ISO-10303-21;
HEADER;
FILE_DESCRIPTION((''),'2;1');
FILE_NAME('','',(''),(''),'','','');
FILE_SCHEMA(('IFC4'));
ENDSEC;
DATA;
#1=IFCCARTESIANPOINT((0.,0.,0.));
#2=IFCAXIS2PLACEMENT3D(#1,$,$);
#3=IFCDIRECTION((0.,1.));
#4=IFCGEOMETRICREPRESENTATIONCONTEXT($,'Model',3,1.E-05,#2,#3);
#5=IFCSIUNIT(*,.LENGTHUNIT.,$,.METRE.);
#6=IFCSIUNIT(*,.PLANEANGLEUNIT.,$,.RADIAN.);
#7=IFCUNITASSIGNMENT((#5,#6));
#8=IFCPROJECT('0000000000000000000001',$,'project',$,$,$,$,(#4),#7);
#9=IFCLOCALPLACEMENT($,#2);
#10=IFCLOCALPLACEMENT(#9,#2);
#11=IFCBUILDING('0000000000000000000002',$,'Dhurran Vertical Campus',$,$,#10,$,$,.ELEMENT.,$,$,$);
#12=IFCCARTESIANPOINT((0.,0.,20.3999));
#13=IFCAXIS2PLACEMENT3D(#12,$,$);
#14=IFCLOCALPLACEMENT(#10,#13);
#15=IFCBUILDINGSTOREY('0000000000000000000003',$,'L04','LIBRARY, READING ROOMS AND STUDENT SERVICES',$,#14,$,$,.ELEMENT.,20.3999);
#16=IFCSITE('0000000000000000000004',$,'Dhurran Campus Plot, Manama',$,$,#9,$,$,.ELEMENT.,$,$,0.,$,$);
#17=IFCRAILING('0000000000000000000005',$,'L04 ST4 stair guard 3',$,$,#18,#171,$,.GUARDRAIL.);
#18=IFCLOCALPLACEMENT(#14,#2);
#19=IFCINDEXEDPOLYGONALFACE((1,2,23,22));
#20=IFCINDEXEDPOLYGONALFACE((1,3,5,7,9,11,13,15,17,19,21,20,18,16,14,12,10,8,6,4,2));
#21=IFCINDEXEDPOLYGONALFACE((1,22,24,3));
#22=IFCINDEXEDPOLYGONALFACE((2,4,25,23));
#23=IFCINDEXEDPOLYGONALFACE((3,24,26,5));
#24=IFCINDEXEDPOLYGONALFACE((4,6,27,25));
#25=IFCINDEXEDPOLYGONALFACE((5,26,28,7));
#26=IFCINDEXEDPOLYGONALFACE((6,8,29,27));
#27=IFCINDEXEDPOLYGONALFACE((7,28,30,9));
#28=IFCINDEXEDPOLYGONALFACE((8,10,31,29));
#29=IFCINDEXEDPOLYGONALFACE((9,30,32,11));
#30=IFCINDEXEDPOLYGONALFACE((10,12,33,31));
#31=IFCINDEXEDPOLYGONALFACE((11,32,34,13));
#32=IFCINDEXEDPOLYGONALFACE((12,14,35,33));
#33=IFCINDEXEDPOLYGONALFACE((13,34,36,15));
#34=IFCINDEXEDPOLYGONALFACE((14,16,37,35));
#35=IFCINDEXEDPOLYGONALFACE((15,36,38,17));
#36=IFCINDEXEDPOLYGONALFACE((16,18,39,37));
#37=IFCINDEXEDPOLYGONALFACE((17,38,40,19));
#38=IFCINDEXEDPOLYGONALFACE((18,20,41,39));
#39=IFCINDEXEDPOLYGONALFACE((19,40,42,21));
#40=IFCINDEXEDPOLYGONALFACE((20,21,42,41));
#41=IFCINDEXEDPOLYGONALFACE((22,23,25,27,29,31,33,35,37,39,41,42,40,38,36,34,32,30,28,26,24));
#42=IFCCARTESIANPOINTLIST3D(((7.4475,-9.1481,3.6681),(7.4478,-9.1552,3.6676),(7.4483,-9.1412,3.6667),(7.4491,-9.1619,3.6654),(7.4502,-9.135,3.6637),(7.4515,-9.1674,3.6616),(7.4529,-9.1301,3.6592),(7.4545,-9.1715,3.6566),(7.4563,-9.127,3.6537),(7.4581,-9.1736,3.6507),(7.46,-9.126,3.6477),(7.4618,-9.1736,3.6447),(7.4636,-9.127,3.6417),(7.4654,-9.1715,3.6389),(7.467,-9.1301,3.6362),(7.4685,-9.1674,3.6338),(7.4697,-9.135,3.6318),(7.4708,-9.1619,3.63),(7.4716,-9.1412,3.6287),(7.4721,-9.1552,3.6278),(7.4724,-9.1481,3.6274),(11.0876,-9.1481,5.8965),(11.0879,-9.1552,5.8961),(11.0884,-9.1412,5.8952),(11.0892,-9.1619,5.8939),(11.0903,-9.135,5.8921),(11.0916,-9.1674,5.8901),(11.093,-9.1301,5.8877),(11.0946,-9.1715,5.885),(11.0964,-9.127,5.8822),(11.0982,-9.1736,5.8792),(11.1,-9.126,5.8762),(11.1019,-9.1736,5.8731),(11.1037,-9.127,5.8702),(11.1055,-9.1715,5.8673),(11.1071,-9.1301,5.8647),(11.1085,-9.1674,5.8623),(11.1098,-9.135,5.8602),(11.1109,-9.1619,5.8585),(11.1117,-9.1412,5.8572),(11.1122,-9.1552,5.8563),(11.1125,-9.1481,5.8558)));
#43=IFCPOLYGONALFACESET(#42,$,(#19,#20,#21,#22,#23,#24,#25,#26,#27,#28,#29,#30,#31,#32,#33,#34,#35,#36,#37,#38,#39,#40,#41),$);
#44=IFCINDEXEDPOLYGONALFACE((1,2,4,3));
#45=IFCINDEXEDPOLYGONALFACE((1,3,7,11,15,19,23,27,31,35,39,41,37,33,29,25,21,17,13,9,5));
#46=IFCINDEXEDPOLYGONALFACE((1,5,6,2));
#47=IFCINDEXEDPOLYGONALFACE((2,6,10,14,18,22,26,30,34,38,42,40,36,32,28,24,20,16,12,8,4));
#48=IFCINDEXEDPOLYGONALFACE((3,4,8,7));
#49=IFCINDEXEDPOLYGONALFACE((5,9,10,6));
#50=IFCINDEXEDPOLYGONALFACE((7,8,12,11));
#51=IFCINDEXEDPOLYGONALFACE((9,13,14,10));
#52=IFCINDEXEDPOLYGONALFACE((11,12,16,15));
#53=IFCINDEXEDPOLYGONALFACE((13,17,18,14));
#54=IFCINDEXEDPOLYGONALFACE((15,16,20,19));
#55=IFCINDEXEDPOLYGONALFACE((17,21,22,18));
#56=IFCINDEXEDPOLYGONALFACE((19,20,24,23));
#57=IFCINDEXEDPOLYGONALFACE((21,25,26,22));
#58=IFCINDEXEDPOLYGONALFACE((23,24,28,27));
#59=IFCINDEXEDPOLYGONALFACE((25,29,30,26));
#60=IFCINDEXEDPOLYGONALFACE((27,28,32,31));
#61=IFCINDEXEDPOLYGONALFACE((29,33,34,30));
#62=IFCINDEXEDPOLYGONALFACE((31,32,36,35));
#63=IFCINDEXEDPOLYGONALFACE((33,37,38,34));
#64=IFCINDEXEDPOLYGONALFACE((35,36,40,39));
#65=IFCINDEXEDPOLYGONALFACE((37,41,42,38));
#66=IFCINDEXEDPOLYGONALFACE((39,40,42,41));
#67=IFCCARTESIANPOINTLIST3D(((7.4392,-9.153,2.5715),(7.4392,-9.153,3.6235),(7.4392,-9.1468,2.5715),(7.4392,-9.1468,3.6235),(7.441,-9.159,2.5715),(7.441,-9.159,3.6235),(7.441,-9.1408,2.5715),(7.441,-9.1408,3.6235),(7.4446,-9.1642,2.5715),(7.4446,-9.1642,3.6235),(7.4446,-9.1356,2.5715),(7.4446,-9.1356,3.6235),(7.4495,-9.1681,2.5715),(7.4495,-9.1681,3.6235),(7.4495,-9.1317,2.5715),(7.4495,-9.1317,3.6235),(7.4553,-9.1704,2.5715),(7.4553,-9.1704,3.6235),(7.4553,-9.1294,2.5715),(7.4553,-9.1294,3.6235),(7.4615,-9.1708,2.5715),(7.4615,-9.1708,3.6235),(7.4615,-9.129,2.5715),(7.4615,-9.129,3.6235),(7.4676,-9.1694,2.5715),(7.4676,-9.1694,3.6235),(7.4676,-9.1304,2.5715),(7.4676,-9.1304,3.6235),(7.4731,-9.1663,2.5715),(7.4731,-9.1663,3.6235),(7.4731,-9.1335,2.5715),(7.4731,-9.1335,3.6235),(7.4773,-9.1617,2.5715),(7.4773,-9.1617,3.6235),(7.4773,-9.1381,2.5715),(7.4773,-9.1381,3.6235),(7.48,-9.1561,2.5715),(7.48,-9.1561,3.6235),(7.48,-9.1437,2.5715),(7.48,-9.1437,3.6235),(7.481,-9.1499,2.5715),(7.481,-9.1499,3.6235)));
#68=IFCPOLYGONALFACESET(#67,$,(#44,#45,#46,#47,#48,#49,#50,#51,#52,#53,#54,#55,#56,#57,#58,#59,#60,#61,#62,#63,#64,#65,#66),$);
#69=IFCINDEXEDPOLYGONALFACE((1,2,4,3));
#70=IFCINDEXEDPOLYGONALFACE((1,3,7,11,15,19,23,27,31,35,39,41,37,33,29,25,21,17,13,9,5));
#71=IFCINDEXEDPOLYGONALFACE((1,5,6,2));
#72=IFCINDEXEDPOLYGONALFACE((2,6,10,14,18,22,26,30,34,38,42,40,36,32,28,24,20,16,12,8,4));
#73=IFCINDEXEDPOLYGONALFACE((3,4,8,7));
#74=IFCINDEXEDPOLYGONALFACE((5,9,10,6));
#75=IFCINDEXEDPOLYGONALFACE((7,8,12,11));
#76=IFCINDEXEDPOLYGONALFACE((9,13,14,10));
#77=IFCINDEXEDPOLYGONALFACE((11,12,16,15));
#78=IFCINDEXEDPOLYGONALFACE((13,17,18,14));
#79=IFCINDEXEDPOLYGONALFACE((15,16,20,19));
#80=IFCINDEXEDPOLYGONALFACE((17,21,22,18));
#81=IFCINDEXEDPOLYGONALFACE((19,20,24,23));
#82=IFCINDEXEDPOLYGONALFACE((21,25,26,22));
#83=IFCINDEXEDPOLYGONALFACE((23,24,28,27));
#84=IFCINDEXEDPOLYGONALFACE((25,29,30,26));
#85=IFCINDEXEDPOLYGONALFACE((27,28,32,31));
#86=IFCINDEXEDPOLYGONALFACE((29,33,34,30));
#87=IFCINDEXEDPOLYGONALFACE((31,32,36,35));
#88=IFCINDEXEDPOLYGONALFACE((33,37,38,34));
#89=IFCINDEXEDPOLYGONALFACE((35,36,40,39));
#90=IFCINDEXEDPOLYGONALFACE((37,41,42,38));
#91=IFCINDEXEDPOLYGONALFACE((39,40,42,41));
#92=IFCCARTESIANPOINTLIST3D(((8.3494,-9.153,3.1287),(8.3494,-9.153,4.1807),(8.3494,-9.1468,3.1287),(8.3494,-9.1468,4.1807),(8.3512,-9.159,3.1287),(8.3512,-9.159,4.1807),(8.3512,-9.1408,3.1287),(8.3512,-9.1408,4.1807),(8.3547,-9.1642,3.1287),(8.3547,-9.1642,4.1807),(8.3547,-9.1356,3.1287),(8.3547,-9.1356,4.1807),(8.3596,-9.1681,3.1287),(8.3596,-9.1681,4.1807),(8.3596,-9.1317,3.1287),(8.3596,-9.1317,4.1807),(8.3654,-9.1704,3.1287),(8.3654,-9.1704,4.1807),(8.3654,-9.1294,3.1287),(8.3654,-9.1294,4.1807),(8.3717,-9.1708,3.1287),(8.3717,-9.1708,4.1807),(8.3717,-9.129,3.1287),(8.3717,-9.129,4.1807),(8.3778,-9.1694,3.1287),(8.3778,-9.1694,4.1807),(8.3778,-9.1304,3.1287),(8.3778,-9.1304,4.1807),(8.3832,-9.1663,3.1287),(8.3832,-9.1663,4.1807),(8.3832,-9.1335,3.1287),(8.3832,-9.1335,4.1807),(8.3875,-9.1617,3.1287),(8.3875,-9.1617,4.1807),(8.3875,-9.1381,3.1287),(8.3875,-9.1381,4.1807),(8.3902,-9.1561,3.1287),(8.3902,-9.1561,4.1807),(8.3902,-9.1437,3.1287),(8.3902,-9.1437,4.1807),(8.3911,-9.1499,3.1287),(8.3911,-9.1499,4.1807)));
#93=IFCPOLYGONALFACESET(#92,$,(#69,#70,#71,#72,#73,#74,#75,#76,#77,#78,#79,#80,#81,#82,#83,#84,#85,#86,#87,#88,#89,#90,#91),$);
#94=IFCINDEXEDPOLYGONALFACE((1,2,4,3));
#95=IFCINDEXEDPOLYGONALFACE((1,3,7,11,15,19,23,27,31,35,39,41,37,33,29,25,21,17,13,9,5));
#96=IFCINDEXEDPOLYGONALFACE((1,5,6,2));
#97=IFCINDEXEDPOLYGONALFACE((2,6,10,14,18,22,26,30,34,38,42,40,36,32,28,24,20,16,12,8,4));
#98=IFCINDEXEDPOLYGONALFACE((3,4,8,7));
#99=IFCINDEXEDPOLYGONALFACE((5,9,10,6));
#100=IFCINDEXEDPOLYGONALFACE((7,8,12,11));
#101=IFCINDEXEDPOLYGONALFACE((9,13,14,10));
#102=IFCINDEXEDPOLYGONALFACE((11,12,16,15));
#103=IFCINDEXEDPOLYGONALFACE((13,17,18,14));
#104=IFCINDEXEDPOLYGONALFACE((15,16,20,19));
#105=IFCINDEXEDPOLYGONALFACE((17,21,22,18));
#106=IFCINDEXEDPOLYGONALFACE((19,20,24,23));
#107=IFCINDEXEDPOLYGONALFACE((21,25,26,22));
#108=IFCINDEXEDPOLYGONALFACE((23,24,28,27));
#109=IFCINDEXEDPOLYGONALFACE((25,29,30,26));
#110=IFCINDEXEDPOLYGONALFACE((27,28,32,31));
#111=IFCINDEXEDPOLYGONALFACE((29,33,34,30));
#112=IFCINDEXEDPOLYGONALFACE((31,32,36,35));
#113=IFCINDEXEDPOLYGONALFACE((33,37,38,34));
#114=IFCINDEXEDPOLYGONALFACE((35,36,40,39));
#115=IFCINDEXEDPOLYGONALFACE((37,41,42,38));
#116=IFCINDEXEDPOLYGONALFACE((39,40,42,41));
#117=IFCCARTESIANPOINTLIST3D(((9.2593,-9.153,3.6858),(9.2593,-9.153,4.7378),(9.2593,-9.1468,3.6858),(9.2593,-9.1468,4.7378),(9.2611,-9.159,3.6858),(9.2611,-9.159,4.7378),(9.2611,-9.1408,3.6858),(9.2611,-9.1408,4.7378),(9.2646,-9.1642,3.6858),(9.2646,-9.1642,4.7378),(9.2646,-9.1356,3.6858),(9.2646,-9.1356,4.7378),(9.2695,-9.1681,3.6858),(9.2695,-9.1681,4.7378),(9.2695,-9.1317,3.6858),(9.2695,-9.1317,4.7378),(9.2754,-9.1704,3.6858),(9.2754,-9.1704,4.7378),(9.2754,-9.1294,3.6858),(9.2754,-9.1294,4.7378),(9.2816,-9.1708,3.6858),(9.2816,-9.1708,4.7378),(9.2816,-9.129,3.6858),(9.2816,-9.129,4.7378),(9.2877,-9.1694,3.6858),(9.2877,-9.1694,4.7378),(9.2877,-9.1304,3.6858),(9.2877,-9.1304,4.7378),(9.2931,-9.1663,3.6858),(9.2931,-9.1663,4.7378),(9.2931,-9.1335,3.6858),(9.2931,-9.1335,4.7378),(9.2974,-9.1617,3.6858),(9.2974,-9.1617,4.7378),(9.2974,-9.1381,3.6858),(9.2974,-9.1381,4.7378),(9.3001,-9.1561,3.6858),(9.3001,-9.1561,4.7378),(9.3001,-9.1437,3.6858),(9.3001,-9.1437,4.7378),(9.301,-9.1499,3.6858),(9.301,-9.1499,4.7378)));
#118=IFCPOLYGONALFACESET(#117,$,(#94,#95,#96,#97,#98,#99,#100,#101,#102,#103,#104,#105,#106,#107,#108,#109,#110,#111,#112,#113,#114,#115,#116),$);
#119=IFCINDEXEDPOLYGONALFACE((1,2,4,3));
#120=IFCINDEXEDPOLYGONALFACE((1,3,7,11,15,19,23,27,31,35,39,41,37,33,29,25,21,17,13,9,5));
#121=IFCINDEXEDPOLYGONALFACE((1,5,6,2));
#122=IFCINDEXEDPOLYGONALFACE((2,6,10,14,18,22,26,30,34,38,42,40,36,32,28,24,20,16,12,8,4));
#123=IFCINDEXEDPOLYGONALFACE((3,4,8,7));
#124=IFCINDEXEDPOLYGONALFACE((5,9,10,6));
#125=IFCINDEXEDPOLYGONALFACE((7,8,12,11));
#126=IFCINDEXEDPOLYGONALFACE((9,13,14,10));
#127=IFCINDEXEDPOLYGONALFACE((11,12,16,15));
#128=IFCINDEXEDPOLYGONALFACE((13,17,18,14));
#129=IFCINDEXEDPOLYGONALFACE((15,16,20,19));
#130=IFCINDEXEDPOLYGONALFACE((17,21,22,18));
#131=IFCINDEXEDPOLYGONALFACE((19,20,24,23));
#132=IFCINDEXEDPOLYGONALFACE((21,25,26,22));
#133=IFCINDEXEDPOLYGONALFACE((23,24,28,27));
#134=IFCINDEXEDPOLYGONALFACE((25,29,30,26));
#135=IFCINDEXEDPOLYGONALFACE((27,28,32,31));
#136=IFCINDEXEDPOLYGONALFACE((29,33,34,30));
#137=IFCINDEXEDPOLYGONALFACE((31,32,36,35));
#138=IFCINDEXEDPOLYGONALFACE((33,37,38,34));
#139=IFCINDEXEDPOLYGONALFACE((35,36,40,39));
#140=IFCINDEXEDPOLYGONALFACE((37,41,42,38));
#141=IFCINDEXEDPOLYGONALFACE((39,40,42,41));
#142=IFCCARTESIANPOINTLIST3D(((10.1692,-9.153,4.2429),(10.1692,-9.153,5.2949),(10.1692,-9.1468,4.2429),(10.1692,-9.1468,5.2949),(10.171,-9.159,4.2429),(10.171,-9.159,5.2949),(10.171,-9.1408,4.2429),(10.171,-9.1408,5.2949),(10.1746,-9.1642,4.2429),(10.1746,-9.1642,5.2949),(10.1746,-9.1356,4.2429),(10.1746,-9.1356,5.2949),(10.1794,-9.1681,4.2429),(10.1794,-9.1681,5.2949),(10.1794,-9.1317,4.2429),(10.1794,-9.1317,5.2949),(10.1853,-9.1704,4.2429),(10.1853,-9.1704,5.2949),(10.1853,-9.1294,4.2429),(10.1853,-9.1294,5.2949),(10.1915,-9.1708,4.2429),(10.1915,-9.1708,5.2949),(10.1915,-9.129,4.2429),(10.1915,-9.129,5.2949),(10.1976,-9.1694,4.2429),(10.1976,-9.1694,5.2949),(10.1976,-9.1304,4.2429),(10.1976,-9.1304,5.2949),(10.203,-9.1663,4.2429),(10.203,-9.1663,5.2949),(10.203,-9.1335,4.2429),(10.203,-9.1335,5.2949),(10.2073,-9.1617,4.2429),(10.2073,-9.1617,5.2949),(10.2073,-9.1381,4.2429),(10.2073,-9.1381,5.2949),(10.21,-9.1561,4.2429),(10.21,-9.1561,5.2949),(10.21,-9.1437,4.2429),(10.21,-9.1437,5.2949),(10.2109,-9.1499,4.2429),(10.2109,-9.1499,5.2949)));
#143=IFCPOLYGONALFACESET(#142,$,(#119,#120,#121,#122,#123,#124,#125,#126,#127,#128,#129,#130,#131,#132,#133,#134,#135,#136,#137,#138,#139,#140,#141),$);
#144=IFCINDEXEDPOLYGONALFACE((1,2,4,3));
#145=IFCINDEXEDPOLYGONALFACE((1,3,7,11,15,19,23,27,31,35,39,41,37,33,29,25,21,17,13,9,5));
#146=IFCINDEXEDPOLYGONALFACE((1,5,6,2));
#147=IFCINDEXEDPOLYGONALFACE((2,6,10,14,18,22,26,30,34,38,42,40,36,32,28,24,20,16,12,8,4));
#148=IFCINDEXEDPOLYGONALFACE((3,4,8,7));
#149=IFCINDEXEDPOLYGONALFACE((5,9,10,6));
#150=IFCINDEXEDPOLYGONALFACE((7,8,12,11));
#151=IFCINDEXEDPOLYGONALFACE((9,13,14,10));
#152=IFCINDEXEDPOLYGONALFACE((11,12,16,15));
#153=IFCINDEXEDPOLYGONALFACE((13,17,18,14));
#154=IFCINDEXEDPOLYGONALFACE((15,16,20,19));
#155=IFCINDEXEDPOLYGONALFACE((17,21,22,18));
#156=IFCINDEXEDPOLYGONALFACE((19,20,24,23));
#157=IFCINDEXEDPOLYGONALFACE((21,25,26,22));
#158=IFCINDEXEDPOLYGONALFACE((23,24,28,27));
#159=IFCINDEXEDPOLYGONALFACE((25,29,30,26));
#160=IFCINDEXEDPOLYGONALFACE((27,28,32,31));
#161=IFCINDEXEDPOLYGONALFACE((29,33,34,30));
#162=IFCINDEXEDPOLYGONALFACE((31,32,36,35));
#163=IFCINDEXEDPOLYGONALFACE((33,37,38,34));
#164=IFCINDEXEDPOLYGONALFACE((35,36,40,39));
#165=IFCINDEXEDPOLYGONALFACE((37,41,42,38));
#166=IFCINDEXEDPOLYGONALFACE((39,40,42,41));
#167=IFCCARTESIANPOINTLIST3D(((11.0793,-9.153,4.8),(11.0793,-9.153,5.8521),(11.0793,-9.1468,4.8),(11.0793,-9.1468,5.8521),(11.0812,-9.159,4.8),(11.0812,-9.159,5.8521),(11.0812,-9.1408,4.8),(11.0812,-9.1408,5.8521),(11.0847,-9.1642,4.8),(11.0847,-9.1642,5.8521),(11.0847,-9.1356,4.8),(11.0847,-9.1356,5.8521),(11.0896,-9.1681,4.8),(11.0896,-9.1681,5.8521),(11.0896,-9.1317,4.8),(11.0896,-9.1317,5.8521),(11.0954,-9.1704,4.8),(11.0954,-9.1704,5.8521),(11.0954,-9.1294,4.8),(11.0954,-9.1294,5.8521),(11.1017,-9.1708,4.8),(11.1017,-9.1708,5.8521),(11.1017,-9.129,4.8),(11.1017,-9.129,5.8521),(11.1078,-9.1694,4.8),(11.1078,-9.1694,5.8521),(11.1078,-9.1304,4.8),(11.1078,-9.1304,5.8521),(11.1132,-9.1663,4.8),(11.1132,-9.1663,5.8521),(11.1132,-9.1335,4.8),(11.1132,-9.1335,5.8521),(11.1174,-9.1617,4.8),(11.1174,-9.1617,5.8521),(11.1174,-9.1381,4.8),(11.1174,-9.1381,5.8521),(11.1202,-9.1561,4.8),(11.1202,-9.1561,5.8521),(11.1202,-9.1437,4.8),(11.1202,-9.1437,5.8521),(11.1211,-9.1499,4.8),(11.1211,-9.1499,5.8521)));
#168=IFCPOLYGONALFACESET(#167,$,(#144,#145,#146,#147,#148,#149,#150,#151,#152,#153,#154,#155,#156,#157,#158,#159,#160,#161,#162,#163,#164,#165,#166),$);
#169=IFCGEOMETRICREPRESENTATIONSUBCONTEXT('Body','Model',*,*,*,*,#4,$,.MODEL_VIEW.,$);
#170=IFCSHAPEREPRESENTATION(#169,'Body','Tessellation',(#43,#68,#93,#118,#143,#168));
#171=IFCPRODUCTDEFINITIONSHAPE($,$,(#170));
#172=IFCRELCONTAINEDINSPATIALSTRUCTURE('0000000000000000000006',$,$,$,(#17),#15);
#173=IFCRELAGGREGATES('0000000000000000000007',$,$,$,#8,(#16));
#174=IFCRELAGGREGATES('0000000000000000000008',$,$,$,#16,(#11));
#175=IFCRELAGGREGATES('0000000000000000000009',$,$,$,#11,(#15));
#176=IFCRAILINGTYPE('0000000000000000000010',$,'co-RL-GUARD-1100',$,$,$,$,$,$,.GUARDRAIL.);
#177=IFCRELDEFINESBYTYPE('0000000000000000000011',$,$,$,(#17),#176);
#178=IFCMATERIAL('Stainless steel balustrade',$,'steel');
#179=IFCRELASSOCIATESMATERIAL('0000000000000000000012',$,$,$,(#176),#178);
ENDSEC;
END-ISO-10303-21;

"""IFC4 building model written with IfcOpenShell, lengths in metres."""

from ifc_helpers import new_model, si_unit, direction, frame, origin, origin_2d, place, context, subcontext, project, spatial, circle, extrude, material, type_object, element, save


model = new_model("IFC4")

# Units and contexts
model_context = context("Model", 3, precision=1e-05, world=origin(), true_north=direction((0.0, 1.0)))
body_context = subcontext(model_context, "Body", "Model", "MODEL_VIEW")
ifc_project = project(units=[si_unit("LENGTHUNIT", "METRE"), si_unit("PLANEANGLEUNIT", "RADIAN")], contexts=[model_context])

# Site, building, storey
site_placement = place(None, origin())
site = spatial("IfcSite", under=ifc_project, at=site_placement, Name="Dhurran Campus Plot, Manama", CompositionType="ELEMENT", RefElevation=0.0)
building_placement = place(site_placement, origin())
building = spatial("IfcBuilding", under=site, at=building_placement, Name="Dhurran Vertical Campus", CompositionType="ELEMENT")
storey_placement = place(building_placement, frame((0.0, 0.0, 20.3999)))
storey = spatial("IfcBuildingStorey", under=building, at=storey_placement, Name="L04", Description="LIBRARY, READING ROOMS AND STUDENT SERVICES", CompositionType="ELEMENT", Elevation=20.3999)

# Railing
ifc_material_1 = material(Name="Stainless steel balustrade", Category="steel")
railing_type_1 = type_object("IfcRailingType", Name="co-RL-GUARD-1100", PredefinedType="GUARDRAIL", material=ifc_material_1)
railing_1_placement = place(storey_placement, frame((7.46, -9.1499, 2.5715)))
element("IfcRailing", 1, at=railing_1_placement, inside=storey, type_object=railing_type_1, Name="L04 ST4 stair guard 3", PredefinedType="GUARDRAIL", context=body_context, shape_type="SweptSolid", body=[
    extrude(circle(Radius=0.0239, at=origin_2d()), frame((0.0, 0.0, 1.0762), z_axis=(0.852866, 0.0, 0.52213), x_axis=(0.0, 1.0, 0.0)), (0.0, 0.0, 1.0), 4.2681),
    extrude(circle(Radius=0.021, at=origin_2d()), origin(), (0.0, 0.0, 1.0), 1.052),
    extrude(circle(Radius=0.021, at=origin_2d()), frame((0.9102, 0.0, 0.5571)), (0.0, 0.0, 1.0), 1.052),
    extrude(circle(Radius=0.021, at=origin_2d()), frame((1.8201, 0.0, 1.1143)), (0.0, 0.0, 1.0), 1.052),
    extrude(circle(Radius=0.021, at=origin_2d()), frame((2.73, 0.0, 1.6714)), (0.0, 0.0, 1.0), 1.052),
    extrude(circle(Radius=0.021, at=origin_2d()), frame((3.6401, 0.0, 2.2285)), (0.0, 0.0, 1.0), 1.052),
])

save(model, "model.ifc")
